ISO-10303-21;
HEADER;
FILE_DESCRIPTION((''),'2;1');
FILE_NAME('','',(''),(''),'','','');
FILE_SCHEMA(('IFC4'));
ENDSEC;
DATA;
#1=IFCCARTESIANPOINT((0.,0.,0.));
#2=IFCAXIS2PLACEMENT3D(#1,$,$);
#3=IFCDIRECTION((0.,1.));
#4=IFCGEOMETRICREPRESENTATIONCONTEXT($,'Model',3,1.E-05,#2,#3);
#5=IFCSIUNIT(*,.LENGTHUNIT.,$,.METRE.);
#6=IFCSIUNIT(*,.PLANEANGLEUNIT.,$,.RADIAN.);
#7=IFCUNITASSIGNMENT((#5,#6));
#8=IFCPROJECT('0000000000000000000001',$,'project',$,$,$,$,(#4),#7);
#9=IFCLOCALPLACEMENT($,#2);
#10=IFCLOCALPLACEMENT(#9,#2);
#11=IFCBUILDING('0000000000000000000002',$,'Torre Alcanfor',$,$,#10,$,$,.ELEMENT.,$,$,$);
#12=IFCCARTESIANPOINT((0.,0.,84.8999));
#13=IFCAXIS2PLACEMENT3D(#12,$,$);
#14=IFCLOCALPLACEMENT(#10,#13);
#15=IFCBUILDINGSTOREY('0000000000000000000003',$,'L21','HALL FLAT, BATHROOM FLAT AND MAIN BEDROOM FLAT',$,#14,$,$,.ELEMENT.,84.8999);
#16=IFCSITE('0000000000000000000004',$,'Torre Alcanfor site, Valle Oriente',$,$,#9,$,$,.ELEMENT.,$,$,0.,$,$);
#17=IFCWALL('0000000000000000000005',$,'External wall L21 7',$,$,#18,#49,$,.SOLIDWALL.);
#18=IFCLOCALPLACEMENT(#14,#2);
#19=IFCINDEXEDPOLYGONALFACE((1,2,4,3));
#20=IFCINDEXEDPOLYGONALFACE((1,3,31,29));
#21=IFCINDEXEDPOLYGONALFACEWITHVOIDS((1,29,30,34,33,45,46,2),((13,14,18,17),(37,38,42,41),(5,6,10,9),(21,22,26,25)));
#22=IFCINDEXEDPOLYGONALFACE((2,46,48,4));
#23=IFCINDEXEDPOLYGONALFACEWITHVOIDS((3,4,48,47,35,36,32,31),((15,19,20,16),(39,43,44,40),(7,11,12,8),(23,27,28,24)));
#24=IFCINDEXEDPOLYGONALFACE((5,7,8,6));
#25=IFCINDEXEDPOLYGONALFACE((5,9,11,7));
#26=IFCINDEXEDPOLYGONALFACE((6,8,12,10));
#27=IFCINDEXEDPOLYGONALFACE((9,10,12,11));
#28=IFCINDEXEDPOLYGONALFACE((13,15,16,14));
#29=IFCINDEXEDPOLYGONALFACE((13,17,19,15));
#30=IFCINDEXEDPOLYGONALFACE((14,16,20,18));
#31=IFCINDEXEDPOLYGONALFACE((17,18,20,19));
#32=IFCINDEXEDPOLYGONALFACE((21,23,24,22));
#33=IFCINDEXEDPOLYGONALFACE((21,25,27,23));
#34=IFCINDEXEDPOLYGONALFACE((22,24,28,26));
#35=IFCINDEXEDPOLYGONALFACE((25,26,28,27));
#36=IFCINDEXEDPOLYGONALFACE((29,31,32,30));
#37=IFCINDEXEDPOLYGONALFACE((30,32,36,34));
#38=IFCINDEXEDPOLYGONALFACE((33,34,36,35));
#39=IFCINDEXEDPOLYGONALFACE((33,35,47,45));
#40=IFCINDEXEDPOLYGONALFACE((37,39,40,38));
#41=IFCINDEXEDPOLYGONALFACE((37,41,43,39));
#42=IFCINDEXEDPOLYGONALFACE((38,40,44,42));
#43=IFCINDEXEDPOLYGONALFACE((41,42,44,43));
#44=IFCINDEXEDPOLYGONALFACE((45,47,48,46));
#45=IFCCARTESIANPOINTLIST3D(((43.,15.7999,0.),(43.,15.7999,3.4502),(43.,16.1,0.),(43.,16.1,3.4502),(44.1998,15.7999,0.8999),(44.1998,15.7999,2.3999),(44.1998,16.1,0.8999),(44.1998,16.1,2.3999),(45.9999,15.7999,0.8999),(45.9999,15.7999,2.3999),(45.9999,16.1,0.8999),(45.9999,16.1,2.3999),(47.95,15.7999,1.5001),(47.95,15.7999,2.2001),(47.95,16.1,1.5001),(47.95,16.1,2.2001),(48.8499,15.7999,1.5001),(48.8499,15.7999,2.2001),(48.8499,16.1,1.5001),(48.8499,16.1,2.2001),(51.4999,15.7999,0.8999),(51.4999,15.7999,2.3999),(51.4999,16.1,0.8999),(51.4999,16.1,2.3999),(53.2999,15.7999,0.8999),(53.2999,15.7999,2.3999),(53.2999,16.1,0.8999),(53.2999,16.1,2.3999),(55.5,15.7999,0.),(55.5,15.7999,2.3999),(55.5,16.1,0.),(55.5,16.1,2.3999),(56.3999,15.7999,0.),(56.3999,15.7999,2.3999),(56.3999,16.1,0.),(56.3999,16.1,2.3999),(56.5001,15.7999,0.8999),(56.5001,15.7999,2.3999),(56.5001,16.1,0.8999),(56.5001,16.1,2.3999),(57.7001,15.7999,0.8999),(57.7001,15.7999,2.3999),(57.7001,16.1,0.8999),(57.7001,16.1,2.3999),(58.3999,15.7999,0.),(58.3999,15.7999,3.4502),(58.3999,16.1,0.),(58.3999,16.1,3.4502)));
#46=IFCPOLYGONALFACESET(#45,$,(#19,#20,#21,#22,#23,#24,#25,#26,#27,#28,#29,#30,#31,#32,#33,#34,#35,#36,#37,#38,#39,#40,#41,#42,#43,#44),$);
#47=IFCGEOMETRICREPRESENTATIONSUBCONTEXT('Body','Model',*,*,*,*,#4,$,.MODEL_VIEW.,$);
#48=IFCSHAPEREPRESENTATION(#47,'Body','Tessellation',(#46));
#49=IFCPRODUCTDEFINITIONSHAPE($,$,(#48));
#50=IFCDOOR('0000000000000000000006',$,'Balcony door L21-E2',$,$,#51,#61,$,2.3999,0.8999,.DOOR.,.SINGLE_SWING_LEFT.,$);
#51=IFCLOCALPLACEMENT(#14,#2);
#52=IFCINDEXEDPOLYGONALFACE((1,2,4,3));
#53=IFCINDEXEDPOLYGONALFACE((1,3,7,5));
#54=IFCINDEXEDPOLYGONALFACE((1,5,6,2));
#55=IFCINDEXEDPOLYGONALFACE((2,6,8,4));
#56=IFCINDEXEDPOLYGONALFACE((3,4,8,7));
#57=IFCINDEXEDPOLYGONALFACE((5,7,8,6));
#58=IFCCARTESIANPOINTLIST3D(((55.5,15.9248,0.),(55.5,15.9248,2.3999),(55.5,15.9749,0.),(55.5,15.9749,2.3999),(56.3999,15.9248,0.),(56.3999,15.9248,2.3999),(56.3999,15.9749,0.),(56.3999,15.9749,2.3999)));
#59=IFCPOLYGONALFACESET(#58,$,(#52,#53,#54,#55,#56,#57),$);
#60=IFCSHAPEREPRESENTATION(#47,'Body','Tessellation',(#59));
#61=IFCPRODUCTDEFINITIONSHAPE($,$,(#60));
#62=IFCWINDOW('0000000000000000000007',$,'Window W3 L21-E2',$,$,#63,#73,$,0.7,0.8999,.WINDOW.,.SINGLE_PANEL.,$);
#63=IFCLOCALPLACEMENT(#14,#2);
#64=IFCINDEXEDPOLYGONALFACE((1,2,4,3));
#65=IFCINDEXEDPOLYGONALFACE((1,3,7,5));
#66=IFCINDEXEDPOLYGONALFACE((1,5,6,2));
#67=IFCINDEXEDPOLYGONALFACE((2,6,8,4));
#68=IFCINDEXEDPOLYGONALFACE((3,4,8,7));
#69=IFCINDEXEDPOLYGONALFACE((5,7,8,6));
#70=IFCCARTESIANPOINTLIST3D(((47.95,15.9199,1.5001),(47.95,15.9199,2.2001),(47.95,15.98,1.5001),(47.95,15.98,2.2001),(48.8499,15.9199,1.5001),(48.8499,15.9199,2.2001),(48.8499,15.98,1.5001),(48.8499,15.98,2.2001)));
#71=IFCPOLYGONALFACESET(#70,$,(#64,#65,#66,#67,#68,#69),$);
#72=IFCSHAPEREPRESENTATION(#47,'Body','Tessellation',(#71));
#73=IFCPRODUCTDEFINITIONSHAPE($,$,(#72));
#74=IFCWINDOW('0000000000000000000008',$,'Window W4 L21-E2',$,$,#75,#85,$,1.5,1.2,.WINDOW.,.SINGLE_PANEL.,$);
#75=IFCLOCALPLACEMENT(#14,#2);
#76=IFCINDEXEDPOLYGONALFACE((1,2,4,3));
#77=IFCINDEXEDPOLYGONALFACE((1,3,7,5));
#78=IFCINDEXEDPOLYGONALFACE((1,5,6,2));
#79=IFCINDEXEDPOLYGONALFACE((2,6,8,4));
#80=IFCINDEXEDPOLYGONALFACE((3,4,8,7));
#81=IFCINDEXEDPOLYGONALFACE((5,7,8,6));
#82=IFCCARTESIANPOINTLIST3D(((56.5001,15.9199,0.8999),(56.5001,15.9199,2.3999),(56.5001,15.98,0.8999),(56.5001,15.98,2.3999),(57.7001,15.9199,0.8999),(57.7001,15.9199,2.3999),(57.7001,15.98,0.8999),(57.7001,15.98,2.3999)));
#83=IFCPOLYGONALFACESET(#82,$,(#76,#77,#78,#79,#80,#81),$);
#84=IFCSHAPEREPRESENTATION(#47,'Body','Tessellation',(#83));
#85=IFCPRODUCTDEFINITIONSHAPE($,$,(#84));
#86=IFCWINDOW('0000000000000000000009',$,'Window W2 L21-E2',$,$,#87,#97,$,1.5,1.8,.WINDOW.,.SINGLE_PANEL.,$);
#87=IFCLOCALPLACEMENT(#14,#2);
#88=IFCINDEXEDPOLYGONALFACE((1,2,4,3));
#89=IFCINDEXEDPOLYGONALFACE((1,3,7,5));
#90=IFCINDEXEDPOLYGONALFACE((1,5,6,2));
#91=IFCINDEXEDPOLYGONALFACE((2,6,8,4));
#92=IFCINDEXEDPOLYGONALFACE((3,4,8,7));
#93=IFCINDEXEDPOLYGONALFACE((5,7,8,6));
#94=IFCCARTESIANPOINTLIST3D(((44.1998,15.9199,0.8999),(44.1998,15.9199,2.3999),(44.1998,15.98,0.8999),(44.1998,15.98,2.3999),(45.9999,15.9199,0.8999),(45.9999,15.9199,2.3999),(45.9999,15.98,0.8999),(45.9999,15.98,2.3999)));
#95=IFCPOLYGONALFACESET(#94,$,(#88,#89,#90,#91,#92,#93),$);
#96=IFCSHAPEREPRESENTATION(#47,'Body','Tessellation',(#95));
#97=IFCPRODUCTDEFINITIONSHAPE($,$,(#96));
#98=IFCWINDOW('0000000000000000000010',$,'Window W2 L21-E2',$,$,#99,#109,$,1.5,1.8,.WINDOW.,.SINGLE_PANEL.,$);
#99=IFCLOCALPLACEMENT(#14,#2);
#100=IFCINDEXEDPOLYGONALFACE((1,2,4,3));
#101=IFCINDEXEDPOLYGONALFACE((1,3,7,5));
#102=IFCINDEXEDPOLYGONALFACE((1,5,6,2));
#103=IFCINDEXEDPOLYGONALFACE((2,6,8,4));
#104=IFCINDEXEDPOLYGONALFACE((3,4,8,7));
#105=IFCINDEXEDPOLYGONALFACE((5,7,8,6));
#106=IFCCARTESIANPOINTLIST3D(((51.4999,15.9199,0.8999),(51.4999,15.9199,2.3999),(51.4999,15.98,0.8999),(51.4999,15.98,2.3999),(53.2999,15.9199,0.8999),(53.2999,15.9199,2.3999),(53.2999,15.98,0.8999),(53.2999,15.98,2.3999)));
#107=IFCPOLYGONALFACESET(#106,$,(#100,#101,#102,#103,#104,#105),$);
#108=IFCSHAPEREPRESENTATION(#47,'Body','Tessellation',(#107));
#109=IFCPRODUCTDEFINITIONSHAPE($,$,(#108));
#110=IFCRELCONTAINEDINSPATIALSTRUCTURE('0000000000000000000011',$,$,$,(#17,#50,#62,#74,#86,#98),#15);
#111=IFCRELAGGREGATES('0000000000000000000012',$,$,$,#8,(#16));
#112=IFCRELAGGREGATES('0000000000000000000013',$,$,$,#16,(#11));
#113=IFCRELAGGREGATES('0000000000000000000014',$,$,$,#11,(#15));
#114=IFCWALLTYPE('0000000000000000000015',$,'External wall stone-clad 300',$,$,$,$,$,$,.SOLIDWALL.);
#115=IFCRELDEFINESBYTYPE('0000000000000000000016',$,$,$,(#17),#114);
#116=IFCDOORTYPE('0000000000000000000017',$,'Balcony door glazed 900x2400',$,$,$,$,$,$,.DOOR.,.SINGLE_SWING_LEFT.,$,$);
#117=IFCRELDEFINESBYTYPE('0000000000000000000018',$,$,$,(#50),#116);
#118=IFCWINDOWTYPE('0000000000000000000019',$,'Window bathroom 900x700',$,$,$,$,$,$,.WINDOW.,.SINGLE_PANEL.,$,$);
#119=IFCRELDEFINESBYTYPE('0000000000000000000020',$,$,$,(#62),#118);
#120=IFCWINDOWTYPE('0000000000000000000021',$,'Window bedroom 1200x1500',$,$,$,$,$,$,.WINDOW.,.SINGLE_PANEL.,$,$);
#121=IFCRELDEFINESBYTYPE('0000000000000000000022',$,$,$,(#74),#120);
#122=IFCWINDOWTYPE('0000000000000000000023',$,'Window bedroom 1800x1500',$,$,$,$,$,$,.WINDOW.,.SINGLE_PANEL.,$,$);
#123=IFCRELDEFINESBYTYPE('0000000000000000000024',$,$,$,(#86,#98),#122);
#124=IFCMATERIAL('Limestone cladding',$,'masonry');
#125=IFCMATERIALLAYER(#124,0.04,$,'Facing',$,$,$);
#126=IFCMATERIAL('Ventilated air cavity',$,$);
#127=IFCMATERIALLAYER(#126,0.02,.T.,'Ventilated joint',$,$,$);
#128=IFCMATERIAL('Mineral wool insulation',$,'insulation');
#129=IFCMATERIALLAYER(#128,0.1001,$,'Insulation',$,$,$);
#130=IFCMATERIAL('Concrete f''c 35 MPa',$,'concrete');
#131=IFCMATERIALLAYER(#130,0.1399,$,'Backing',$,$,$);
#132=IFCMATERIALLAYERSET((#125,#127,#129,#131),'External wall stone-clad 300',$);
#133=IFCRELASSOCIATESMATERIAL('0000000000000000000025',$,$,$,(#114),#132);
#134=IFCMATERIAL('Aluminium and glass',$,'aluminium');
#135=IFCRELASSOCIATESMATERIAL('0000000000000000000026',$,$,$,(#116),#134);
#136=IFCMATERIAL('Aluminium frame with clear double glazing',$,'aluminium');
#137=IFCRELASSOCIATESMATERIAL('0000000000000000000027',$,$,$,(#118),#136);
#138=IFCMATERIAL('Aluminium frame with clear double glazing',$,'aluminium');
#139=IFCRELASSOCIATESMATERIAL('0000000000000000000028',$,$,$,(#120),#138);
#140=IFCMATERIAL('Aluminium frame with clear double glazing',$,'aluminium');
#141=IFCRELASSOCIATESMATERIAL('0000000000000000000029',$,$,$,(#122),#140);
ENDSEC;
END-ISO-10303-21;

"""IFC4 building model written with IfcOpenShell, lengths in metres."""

from ifc_helpers import new_model, si_unit, direction, frame, frame_2d, origin, place, context, subcontext, project, spatial, rectangle, extrude, material, layer, layer_set, type_object, element, fill, save


model = new_model("IFC4")

# Units and contexts
model_context = context("Model", 3, precision=1e-05, world=origin(), true_north=direction((0.0, 1.0)))
body_context = subcontext(model_context, "Body", "Model", "MODEL_VIEW")
ifc_project = project(units=[si_unit("LENGTHUNIT", "METRE"), si_unit("PLANEANGLEUNIT", "RADIAN")], contexts=[model_context])

# Site, building, storey
site_placement = place(None, origin())
site = spatial("IfcSite", under=ifc_project, at=site_placement, Name="Torre Alcanfor site, Valle Oriente", CompositionType="ELEMENT", RefElevation=0.0)
building_placement = place(site_placement, origin())
building = spatial("IfcBuilding", under=site, at=building_placement, Name="Torre Alcanfor", CompositionType="ELEMENT")
storey_placement = place(building_placement, frame((0.0, 0.0, 84.8999)))
storey = spatial("IfcBuildingStorey", under=building, at=storey_placement, Name="L21", Description="HALL FLAT, BATHROOM FLAT AND MAIN BEDROOM FLAT", CompositionType="ELEMENT", Elevation=84.8999)

# Wall, openings, door, windows
ifc_material_1 = material(Name="Limestone cladding", Category="masonry")
ifc_layer_1 = layer(ifc_material_1, 0.04, Name="Facing")
ifc_material_2 = material(Name="Ventilated air cavity")
ifc_layer_2 = layer(ifc_material_2, 0.02, ventilated=True, Name="Ventilated joint")
ifc_material_3 = material(Name="Mineral wool insulation", Category="insulation")
ifc_layer_3 = layer(ifc_material_3, 0.1001, Name="Insulation")
ifc_material_4 = material(Name="Concrete f'c 35 MPa", Category="concrete")
ifc_layer_4 = layer(ifc_material_4, 0.1399, Name="Backing")
ifc_layer_set_1 = layer_set([ifc_layer_1, ifc_layer_2, ifc_layer_3, ifc_layer_4], Name="External wall stone-clad 300")
wall_type_1 = type_object("IfcWallType", Name="External wall stone-clad 300", PredefinedType="SOLIDWALL", material=ifc_layer_set_1)
ifc_material_5 = material(Name="Aluminium and glass", Category="aluminium")
door_type = type_object("IfcDoorType", Name="Balcony door glazed 900x2400", OperationType="SINGLE_SWING_LEFT", PredefinedType="DOOR", material=ifc_material_5)
ifc_material_6 = material(Name="Aluminium frame with clear double glazing", Category="aluminium")
window_type_1 = type_object("IfcWindowType", Name="Window bathroom 900x700", PartitioningType="SINGLE_PANEL", PredefinedType="WINDOW", material=ifc_material_6)
ifc_material_7 = material(Name="Aluminium frame with clear double glazing", Category="aluminium")
window_type_2 = type_object("IfcWindowType", Name="Window bedroom 1200x1500", PartitioningType="SINGLE_PANEL", PredefinedType="WINDOW", material=ifc_material_7)
ifc_material_8 = material(Name="Aluminium frame with clear double glazing", Category="aluminium")
window_type_3 = type_object("IfcWindowType", Name="Window bedroom 1800x1500", PartitioningType="SINGLE_PANEL", PredefinedType="WINDOW", material=ifc_material_8)
wall_1_placement = place(storey_placement, frame((43.0, 15.95, 0.0), z_axis=(0.0, 0.0, 1.0), x_axis=(1.0, 0.0, 0.0)))
wall_1 = element("IfcWall", 1, at=wall_1_placement, inside=storey, type_object=wall_type_1, Name="External wall L21 7", PredefinedType="SOLIDWALL", context=body_context, shape_type="SweptSolid", body=[
    extrude(rectangle(XDim=15.3999, YDim=0.3, at=frame_2d((7.7, 0.0))), origin(), (0.0, 0.0, 1.0), 3.4502),
])
opening_1_placement = place(wall_1_placement, frame((1.2, 0.0, 0.8999)))
opening_1 = element("IfcOpeningElement", 2, at=opening_1_placement, cuts=wall_1, PredefinedType="OPENING", context=body_context, shape_type="SweptSolid", body=[
    extrude(rectangle(XDim=1.8, YDim=1.5, at=frame_2d((0.8999, 0.75))), frame((0.0, 0.1599, 0.0), z_axis=(0.0, -1.0, 0.0), x_axis=(1.0, 0.0, 0.0)), (0.0, 0.0, 1.0), 0.3201),
])
opening_2_placement = place(wall_1_placement, frame((4.95, 0.0, 1.5)))
opening_2 = element("IfcOpeningElement", 3, at=opening_2_placement, cuts=wall_1, PredefinedType="OPENING", context=body_context, shape_type="SweptSolid", body=[
    extrude(rectangle(XDim=0.8999, YDim=0.7, at=frame_2d((0.45, 0.3501))), frame((0.0, 0.1599, 0.0), z_axis=(0.0, -1.0, 0.0), x_axis=(1.0, 0.0, 0.0)), (0.0, 0.0, 1.0), 0.3201),
])
opening_3_placement = place(wall_1_placement, frame((8.5, 0.0, 0.8999)))
opening_3 = element("IfcOpeningElement", 4, at=opening_3_placement, cuts=wall_1, PredefinedType="OPENING", context=body_context, shape_type="SweptSolid", body=[
    extrude(rectangle(XDim=1.8, YDim=1.5, at=frame_2d((0.8999, 0.75))), frame((0.0, 0.1599, 0.0), z_axis=(0.0, -1.0, 0.0), x_axis=(1.0, 0.0, 0.0)), (0.0, 0.0, 1.0), 0.3201),
])
opening_4_placement = place(wall_1_placement, frame((12.5, 0.0, 0.0)))
opening_4 = element("IfcOpeningElement", 5, at=opening_4_placement, cuts=wall_1, PredefinedType="OPENING", context=body_context, shape_type="SweptSolid", body=[
    extrude(rectangle(XDim=0.8999, YDim=2.3999, at=frame_2d((0.45, 1.2))), frame((0.0, 0.1599, 0.0), z_axis=(0.0, -1.0, 0.0), x_axis=(1.0, 0.0, 0.0)), (0.0, 0.0, 1.0), 0.3201),
])
opening_5_placement = place(wall_1_placement, frame((13.5, 0.0, 0.8999)))
opening_5 = element("IfcOpeningElement", 6, at=opening_5_placement, cuts=wall_1, PredefinedType="OPENING", context=body_context, shape_type="SweptSolid", body=[
    extrude(rectangle(XDim=1.2, YDim=1.5, at=frame_2d((0.6001, 0.75))), frame((0.0, 0.1599, 0.0), z_axis=(0.0, -1.0, 0.0), x_axis=(1.0, 0.0, 0.0)), (0.0, 0.0, 1.0), 0.3201),
])
door_1_placement = place(opening_4_placement, origin())
door_1 = element("IfcDoor", 7, at=door_1_placement, inside=storey, type_object=door_type, Name="Balcony door L21-E2", OperationType="SINGLE_SWING_LEFT", OverallHeight=2.3999, OverallWidth=0.8999, PredefinedType="DOOR", context=body_context, shape_type="SweptSolid", body=[
    extrude(rectangle(XDim=0.8999, YDim=2.3999, at=frame_2d((0.45, 1.2))), frame((0.0, 0.0249, 0.0), z_axis=(0.0, -1.0, 0.0), x_axis=(1.0, 0.0, 0.0)), (0.0, 0.0, 1.0), 0.05),
])
fill(opening_4, door_1)
window_1_placement = place(opening_2_placement, origin())
window_1 = element("IfcWindow", 8, at=window_1_placement, inside=storey, type_object=window_type_1, Name="Window W3 L21-E2", OverallHeight=0.7, OverallWidth=0.8999, PartitioningType="SINGLE_PANEL", PredefinedType="WINDOW", context=body_context, shape_type="SweptSolid", body=[
    extrude(rectangle(XDim=0.8999, YDim=0.7, at=frame_2d((0.45, 0.3501))), frame((0.0, 0.03, 0.0), z_axis=(0.0, -1.0, 0.0), x_axis=(1.0, 0.0, 0.0)), (0.0, 0.0, 1.0), 0.0601),
])
fill(opening_2, window_1)
window_2_placement = place(opening_5_placement, origin())
window_2 = element("IfcWindow", 9, at=window_2_placement, inside=storey, type_object=window_type_2, Name="Window W4 L21-E2", OverallHeight=1.5, OverallWidth=1.2, PartitioningType="SINGLE_PANEL", PredefinedType="WINDOW", context=body_context, shape_type="SweptSolid", body=[
    extrude(rectangle(XDim=1.2, YDim=1.5, at=frame_2d((0.6001, 0.75))), frame((0.0, 0.03, 0.0), z_axis=(0.0, -1.0, 0.0), x_axis=(1.0, 0.0, 0.0)), (0.0, 0.0, 1.0), 0.0601),
])
fill(opening_5, window_2)
window_3_placement = place(opening_1_placement, origin())
window_3 = element("IfcWindow", 10, at=window_3_placement, inside=storey, type_object=window_type_3, Name="Window W2 L21-E2", OverallHeight=1.5, OverallWidth=1.8, PartitioningType="SINGLE_PANEL", PredefinedType="WINDOW", context=body_context, shape_type="SweptSolid", body=[
    extrude(rectangle(XDim=1.8, YDim=1.5, at=frame_2d((0.8999, 0.75))), frame((0.0, 0.03, 0.0), z_axis=(0.0, -1.0, 0.0), x_axis=(1.0, 0.0, 0.0)), (0.0, 0.0, 1.0), 0.0601),
])
fill(opening_1, window_3)
window_4_placement = place(opening_3_placement, origin())
window_4 = element("IfcWindow", 11, at=window_4_placement, inside=storey, type_object=window_type_3, Name="Window W2 L21-E2", OverallHeight=1.5, OverallWidth=1.8, PartitioningType="SINGLE_PANEL", PredefinedType="WINDOW", context=body_context, shape_type="SweptSolid", body=[
    extrude(rectangle(XDim=1.8, YDim=1.5, at=frame_2d((0.8999, 0.75))), frame((0.0, 0.03, 0.0), z_axis=(0.0, -1.0, 0.0), x_axis=(1.0, 0.0, 0.0)), (0.0, 0.0, 1.0), 0.0601),
])
fill(opening_3, window_4)

save(model, "model.ifc")
